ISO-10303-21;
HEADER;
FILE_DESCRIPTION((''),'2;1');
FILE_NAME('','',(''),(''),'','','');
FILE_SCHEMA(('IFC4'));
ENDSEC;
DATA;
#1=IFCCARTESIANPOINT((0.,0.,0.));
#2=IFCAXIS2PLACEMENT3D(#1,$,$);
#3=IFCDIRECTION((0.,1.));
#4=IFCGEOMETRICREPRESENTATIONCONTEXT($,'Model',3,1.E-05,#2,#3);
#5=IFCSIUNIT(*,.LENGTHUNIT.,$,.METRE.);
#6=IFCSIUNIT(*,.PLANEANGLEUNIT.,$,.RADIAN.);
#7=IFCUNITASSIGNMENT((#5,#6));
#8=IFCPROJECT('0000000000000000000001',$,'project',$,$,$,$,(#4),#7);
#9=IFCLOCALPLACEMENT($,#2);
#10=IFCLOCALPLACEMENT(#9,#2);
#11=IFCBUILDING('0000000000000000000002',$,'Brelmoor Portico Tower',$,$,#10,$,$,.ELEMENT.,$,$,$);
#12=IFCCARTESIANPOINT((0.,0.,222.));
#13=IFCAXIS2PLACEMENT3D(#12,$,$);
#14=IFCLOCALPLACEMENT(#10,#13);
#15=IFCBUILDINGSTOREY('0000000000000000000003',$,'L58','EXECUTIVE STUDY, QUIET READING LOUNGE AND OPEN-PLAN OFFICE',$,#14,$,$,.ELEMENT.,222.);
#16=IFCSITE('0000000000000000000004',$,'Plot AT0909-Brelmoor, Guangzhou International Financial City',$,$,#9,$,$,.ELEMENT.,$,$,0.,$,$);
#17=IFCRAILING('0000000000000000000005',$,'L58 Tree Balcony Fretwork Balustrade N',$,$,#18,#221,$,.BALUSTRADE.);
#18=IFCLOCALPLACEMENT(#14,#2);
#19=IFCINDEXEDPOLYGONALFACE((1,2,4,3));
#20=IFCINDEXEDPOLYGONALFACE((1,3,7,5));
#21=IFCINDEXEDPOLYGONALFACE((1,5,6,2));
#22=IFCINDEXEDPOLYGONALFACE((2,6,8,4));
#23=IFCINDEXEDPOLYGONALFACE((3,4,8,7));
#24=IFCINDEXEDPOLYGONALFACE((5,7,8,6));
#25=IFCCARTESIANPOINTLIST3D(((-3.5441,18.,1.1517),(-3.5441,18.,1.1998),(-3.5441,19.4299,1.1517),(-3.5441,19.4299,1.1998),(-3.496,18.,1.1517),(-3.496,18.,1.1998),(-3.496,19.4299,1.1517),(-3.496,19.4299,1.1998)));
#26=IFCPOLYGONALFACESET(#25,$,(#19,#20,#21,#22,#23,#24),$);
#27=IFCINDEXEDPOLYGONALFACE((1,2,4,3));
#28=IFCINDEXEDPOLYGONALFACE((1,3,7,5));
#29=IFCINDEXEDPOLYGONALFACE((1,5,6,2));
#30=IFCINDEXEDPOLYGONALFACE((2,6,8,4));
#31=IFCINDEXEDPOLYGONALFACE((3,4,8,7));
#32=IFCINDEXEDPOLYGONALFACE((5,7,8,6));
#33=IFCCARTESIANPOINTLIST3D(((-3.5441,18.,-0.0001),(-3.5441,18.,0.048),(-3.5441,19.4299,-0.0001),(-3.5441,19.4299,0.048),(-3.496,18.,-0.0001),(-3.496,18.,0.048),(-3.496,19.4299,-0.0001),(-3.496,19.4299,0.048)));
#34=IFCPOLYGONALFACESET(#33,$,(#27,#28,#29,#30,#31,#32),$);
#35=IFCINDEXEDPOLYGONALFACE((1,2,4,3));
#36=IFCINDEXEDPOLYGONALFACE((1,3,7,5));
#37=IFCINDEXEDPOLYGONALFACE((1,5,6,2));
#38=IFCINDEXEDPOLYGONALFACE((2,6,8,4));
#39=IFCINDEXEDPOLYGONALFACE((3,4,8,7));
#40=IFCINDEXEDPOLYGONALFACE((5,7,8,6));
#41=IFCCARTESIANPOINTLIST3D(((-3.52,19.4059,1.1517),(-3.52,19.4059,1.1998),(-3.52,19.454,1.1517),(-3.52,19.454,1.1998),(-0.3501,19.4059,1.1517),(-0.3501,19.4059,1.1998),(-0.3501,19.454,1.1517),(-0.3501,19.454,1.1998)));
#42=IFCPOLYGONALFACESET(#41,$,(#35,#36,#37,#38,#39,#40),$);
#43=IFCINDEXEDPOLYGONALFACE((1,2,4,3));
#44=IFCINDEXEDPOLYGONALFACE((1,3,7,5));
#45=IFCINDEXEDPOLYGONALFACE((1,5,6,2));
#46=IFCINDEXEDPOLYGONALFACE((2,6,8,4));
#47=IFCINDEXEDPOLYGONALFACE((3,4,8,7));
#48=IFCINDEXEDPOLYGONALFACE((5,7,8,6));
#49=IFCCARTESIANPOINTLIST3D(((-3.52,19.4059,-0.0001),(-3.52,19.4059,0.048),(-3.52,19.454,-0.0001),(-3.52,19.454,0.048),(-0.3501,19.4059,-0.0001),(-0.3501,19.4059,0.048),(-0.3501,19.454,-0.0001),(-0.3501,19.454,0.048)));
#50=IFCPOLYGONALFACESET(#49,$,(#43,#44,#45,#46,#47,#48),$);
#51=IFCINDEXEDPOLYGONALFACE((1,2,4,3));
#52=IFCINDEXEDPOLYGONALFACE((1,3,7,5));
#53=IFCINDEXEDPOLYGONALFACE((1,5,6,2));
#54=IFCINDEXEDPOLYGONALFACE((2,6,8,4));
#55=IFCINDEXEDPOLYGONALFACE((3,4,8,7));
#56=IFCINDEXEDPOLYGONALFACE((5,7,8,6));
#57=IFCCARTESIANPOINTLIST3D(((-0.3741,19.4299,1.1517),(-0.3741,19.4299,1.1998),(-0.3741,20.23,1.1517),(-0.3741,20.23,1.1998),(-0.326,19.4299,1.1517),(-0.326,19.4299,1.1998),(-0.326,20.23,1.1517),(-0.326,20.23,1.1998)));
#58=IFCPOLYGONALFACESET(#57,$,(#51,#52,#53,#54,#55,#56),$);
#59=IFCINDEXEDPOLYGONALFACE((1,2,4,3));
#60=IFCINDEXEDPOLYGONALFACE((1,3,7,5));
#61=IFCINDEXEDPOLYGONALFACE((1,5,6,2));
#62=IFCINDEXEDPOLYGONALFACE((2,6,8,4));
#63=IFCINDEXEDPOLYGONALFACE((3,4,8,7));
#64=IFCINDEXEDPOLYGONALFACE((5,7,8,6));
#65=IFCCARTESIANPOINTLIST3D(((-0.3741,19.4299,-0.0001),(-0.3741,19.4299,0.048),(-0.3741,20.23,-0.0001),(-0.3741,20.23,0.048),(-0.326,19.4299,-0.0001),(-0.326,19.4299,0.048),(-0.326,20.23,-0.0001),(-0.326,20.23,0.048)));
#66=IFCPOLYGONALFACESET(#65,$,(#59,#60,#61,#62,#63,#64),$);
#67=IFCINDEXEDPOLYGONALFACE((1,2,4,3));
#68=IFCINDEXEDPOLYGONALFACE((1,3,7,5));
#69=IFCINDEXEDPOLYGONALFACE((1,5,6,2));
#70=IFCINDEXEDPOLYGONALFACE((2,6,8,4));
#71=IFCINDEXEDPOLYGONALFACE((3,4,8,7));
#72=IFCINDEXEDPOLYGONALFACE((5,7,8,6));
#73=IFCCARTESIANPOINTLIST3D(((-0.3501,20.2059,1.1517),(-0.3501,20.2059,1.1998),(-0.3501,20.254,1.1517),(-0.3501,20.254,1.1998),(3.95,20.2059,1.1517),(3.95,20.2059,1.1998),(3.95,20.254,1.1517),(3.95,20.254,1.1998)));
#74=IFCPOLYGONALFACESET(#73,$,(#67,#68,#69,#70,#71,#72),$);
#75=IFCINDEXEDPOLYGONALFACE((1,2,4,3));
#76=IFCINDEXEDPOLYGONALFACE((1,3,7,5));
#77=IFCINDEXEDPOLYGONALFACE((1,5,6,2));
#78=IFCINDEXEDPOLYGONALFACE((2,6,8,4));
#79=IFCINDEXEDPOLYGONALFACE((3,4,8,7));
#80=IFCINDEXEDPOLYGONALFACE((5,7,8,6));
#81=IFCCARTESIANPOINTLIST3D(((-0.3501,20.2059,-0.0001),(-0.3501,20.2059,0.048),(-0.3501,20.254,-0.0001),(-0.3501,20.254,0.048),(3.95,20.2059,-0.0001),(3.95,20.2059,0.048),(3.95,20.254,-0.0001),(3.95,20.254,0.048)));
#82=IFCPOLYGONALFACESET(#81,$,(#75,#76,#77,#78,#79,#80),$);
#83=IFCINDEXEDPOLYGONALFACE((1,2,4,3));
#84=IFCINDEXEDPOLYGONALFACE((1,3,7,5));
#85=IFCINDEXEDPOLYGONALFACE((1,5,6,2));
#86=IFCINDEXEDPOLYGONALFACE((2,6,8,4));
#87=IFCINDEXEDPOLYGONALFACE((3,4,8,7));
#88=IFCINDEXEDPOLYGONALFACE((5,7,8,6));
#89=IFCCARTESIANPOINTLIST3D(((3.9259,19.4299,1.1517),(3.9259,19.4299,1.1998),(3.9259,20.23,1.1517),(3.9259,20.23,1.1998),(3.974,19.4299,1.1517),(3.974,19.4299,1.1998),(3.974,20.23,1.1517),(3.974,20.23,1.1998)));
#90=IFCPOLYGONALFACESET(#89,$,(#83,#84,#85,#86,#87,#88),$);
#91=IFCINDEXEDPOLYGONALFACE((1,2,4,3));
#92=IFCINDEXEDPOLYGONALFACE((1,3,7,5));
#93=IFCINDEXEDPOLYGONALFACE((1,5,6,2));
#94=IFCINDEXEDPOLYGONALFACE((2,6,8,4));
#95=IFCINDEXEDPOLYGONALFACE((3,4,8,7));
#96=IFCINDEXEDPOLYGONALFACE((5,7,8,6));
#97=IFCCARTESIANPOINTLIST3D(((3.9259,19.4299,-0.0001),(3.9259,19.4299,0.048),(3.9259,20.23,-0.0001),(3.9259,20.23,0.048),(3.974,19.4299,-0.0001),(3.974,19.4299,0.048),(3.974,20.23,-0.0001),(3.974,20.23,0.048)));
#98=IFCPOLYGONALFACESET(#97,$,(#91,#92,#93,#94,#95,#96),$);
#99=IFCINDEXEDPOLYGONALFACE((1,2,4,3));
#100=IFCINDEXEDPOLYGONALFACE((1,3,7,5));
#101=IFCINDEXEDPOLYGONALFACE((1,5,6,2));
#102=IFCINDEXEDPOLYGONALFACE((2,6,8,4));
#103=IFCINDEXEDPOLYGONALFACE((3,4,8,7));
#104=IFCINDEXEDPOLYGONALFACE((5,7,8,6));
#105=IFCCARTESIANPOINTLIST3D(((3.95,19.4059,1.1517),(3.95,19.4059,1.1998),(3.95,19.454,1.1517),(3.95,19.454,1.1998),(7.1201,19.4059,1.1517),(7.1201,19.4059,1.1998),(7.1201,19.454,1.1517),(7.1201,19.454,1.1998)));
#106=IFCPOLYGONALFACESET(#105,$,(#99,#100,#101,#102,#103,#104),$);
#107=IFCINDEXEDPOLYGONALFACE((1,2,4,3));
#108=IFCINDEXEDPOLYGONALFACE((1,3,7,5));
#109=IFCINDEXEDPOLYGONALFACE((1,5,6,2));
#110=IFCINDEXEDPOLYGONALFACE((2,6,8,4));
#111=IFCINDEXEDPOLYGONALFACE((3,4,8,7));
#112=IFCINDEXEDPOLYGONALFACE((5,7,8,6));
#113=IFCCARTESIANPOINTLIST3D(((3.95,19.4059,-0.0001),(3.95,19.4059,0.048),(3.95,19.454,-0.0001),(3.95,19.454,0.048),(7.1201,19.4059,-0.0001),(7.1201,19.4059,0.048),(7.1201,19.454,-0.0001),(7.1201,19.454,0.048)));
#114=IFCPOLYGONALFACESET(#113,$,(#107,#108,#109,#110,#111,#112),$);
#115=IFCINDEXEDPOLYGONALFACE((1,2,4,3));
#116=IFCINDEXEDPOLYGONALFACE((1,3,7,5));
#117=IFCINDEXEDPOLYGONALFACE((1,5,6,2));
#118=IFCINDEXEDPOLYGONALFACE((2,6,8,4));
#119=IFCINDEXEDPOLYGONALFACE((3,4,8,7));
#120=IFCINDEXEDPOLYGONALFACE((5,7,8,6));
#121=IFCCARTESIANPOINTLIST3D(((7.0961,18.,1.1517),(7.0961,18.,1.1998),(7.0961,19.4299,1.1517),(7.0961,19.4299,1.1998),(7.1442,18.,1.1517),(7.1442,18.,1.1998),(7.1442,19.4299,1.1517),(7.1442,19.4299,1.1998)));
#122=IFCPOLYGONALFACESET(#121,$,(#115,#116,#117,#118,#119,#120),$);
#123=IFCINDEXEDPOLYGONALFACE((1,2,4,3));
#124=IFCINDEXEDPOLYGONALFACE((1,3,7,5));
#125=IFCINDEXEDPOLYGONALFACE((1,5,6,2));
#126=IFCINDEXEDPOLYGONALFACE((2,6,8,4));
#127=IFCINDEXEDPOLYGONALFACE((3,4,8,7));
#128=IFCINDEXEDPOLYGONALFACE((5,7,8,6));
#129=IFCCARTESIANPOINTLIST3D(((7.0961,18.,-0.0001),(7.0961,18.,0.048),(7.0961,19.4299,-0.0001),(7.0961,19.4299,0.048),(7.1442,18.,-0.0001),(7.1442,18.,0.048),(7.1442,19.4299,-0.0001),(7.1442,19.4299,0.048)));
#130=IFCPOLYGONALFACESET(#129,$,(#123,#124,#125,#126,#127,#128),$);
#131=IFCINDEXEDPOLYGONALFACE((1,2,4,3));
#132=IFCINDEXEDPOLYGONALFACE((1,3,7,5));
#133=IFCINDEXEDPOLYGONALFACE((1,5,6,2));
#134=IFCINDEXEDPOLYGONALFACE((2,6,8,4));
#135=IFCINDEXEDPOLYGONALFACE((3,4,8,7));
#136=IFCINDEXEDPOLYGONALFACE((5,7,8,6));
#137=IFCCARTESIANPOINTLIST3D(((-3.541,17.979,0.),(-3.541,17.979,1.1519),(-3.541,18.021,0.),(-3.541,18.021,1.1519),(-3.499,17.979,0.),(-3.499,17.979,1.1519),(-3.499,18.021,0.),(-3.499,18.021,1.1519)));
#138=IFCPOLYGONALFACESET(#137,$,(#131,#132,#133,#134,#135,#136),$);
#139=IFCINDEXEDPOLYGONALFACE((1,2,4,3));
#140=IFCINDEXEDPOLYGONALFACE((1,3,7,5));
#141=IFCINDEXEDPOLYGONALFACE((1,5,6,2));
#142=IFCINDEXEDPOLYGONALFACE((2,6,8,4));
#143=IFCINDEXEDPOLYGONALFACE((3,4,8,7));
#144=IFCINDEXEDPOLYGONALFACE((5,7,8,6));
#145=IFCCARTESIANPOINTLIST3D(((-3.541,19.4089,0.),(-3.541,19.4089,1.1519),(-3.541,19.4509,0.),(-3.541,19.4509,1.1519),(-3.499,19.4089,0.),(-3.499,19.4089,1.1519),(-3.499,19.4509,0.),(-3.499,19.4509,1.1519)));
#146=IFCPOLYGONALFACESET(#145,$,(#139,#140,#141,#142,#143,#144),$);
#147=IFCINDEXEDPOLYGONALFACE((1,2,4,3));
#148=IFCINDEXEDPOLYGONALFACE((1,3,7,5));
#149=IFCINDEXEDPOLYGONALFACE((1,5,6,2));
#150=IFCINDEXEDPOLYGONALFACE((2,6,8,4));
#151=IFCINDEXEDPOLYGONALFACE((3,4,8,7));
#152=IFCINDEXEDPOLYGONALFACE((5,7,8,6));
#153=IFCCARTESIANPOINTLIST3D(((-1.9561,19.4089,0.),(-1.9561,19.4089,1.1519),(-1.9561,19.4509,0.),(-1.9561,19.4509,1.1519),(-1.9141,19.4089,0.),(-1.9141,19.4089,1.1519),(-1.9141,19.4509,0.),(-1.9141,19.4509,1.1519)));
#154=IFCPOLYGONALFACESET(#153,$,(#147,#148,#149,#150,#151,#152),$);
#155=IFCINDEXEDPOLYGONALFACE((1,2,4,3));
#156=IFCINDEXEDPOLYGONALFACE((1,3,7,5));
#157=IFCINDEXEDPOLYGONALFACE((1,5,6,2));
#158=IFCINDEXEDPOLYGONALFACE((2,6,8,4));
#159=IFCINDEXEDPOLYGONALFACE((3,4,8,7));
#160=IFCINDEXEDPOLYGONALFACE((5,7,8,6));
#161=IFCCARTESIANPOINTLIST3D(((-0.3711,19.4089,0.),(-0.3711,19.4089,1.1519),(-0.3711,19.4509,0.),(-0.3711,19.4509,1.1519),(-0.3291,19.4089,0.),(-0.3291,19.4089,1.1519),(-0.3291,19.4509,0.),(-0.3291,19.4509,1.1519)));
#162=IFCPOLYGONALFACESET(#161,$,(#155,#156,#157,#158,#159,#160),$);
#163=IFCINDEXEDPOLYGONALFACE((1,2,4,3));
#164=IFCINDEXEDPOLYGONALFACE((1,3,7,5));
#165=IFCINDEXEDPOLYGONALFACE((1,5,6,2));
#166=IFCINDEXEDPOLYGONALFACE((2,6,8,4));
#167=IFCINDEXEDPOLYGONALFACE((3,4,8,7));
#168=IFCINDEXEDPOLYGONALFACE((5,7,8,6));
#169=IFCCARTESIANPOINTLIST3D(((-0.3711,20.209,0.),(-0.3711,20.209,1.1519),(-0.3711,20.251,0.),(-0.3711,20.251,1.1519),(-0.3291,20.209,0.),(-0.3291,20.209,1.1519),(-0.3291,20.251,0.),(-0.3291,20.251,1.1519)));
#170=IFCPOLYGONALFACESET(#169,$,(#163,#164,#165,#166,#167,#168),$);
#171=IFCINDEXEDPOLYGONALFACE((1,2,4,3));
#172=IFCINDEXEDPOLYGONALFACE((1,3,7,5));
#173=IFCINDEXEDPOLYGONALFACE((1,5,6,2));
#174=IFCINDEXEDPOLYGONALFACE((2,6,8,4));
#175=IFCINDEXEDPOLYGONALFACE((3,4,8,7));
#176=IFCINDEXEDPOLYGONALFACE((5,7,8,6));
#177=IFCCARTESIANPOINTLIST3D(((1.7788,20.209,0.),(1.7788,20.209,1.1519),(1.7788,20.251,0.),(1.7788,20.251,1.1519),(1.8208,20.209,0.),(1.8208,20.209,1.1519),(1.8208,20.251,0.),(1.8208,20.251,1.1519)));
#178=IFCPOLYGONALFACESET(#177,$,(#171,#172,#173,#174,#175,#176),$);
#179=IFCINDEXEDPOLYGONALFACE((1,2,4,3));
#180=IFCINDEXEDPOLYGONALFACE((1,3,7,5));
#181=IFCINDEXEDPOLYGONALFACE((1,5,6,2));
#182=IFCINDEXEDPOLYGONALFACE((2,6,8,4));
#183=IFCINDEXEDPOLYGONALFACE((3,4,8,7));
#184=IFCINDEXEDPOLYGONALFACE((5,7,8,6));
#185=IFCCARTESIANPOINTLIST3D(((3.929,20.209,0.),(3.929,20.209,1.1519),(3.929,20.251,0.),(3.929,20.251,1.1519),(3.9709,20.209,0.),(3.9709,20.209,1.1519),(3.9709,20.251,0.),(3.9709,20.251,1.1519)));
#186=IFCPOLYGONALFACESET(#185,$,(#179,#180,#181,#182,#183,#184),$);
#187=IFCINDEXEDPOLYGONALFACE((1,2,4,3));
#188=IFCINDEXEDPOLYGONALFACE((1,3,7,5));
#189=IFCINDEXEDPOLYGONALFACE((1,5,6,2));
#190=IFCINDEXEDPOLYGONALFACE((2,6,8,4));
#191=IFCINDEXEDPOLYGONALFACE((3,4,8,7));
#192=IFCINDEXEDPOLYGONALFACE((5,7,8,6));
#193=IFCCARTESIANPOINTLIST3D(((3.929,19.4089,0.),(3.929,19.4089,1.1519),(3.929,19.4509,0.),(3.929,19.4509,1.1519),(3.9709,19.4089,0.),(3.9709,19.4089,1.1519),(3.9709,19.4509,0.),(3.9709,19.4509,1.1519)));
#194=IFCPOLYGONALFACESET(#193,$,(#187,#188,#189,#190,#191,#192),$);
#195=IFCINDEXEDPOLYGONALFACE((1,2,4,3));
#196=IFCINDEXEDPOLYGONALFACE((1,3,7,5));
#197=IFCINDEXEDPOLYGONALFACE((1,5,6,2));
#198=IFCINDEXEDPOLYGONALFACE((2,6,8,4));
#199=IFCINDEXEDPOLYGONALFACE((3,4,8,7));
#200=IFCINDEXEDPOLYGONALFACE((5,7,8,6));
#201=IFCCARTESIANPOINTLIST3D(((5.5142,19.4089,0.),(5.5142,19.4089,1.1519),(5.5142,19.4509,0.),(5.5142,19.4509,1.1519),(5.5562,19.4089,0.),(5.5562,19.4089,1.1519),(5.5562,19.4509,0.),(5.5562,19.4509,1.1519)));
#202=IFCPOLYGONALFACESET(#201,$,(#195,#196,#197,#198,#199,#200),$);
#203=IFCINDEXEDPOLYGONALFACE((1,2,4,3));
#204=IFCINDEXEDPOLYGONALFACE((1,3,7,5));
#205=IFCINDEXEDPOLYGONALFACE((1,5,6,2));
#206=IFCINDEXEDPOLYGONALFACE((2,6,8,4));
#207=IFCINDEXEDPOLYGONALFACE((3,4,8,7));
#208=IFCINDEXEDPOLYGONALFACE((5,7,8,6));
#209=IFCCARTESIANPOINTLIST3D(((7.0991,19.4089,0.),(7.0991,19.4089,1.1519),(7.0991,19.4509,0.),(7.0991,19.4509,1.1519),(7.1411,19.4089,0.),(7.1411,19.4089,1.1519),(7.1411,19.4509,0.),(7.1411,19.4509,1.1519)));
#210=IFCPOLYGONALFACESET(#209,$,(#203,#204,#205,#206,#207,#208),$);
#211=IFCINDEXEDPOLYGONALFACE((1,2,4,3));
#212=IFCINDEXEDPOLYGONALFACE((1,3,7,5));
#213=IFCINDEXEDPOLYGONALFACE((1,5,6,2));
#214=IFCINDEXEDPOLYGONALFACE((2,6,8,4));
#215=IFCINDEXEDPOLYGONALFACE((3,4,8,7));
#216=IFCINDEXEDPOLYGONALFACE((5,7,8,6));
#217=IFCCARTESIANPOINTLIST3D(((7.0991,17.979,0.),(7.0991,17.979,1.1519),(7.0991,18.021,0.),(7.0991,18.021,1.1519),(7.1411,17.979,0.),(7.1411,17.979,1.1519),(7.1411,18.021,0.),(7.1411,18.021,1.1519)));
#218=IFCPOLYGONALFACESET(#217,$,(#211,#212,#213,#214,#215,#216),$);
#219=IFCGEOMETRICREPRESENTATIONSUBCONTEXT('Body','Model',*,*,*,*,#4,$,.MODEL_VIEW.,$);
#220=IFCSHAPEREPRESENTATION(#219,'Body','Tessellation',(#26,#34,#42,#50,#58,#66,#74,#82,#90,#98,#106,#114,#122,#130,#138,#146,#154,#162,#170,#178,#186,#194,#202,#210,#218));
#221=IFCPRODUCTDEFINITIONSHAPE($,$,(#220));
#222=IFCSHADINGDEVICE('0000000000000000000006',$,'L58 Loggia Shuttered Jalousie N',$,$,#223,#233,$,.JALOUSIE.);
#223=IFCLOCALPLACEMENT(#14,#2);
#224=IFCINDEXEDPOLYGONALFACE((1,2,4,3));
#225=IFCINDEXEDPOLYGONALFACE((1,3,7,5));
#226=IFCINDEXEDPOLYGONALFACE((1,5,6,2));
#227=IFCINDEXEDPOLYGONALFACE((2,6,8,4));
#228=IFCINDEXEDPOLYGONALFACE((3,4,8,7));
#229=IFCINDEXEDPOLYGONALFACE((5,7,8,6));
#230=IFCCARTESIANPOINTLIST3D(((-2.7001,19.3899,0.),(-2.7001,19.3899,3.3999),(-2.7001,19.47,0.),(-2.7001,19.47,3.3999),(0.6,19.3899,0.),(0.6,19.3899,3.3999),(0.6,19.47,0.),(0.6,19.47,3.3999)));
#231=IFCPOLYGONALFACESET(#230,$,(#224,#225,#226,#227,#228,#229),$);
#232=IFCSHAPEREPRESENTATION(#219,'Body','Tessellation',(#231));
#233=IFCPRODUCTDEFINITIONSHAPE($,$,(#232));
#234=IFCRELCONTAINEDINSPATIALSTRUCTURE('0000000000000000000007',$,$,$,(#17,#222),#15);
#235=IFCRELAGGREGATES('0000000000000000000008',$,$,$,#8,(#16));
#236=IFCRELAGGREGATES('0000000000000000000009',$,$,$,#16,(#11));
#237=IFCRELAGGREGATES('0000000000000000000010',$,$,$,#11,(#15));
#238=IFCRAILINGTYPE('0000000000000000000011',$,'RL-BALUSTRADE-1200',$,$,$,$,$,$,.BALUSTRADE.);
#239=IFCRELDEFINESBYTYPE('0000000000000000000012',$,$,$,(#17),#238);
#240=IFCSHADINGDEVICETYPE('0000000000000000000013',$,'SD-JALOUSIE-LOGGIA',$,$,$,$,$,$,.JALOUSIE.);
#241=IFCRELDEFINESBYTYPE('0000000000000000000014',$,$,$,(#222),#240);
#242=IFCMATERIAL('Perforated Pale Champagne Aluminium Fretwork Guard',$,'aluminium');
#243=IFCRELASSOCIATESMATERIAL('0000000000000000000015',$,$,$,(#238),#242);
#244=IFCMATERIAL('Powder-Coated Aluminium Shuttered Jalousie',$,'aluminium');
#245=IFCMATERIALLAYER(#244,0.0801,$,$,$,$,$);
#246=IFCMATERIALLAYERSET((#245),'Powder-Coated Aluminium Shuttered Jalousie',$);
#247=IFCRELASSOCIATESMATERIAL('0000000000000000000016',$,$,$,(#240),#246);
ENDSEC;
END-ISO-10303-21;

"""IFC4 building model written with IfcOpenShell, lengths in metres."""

from ifc_helpers import new_model, si_unit, direction, frame, origin, origin_2d, place, context, subcontext, project, spatial, rectangle, extrude, material, layer, layer_set, type_object, element, save


model = new_model("IFC4")

# Units and contexts
model_context = context("Model", 3, precision=1e-05, world=origin(), true_north=direction((0.0, 1.0)))
body_context = subcontext(model_context, "Body", "Model", "MODEL_VIEW")
ifc_project = project(units=[si_unit("LENGTHUNIT", "METRE"), si_unit("PLANEANGLEUNIT", "RADIAN")], contexts=[model_context])

# Site, building, storey
site_placement = place(None, origin())
site = spatial("IfcSite", under=ifc_project, at=site_placement, Name="Plot AT0909-Brelmoor, Guangzhou International Financial City", CompositionType="ELEMENT", RefElevation=0.0)
building_placement = place(site_placement, origin())
building = spatial("IfcBuilding", under=site, at=building_placement, Name="Brelmoor Portico Tower", CompositionType="ELEMENT")
storey_placement = place(building_placement, frame((0.0, 0.0, 222.0)))
storey = spatial("IfcBuildingStorey", under=building, at=storey_placement, Name="L58", Description="EXECUTIVE STUDY, QUIET READING LOUNGE AND OPEN-PLAN OFFICE", CompositionType="ELEMENT", Elevation=222.0)

# Railing
ifc_material_1 = material(Name="Perforated Pale Champagne Aluminium Fretwork Guard", Category="aluminium")
railing_type = type_object("IfcRailingType", Name="RL-BALUSTRADE-1200", PredefinedType="BALUSTRADE", material=ifc_material_1)
railing_placement = place(storey_placement, frame((-3.52, 18.0, 0.0)))
element("IfcRailing", 1, at=railing_placement, inside=storey, type_object=railing_type, Name="L58 Tree Balcony Fretwork Balustrade N", PredefinedType="BALUSTRADE", context=body_context, shape_type="SweptSolid", body=[
    extrude(rectangle(XDim=0.0481, YDim=0.0481, at=origin_2d()), frame((0.0, 0.0, 1.1758), z_axis=(0.0, 1.0, 0.0), x_axis=(-1.0, 0.0, 0.0)), (0.0, 0.0, 1.0), 1.4299),
    extrude(rectangle(XDim=0.0481, YDim=0.0481, at=origin_2d()), frame((0.0, 0.0, 0.0239), z_axis=(0.0, 1.0, 0.0), x_axis=(-1.0, 0.0, 0.0)), (0.0, 0.0, 1.0), 1.4299),
    extrude(rectangle(XDim=0.0481, YDim=0.0481, at=origin_2d()), frame((0.0, 1.4299, 1.1758), z_axis=(1.0, 0.0, 0.0), x_axis=(0.0, 1.0, 0.0)), (0.0, 0.0, 1.0), 3.1699),
    extrude(rectangle(XDim=0.0481, YDim=0.0481, at=origin_2d()), frame((0.0, 1.4299, 0.0239), z_axis=(1.0, 0.0, 0.0), x_axis=(0.0, 1.0, 0.0)), (0.0, 0.0, 1.0), 3.1699),
    extrude(rectangle(XDim=0.0481, YDim=0.0481, at=origin_2d()), frame((3.1699, 1.4299, 1.1758), z_axis=(0.0, 1.0, 0.0), x_axis=(-1.0, 0.0, 0.0)), (0.0, 0.0, 1.0), 0.8),
    extrude(rectangle(XDim=0.0481, YDim=0.0481, at=origin_2d()), frame((3.1699, 1.4299, 0.0239), z_axis=(0.0, 1.0, 0.0), x_axis=(-1.0, 0.0, 0.0)), (0.0, 0.0, 1.0), 0.8),
    extrude(rectangle(XDim=0.0481, YDim=0.0481, at=origin_2d()), frame((3.1699, 2.23, 1.1758), z_axis=(1.0, 0.0, 0.0), x_axis=(0.0, 1.0, 0.0)), (0.0, 0.0, 1.0), 4.3),
    extrude(rectangle(XDim=0.0481, YDim=0.0481, at=origin_2d()), frame((3.1699, 2.23, 0.0239), z_axis=(1.0, 0.0, 0.0), x_axis=(0.0, 1.0, 0.0)), (0.0, 0.0, 1.0), 4.3),
    extrude(rectangle(XDim=0.0481, YDim=0.0481, at=origin_2d()), frame((7.47, 2.23, 1.1758), z_axis=(0.0, -1.0, 0.0), x_axis=(1.0, 0.0, 0.0)), (0.0, 0.0, 1.0), 0.8),
    extrude(rectangle(XDim=0.0481, YDim=0.0481, at=origin_2d()), frame((7.47, 2.23, 0.0239), z_axis=(0.0, -1.0, 0.0), x_axis=(1.0, 0.0, 0.0)), (0.0, 0.0, 1.0), 0.8),
    extrude(rectangle(XDim=0.0481, YDim=0.0481, at=origin_2d()), frame((7.47, 1.4299, 1.1758), z_axis=(1.0, 0.0, 0.0), x_axis=(0.0, 1.0, 0.0)), (0.0, 0.0, 1.0), 3.1702),
    extrude(rectangle(XDim=0.0481, YDim=0.0481, at=origin_2d()), frame((7.47, 1.4299, 0.0239), z_axis=(1.0, 0.0, 0.0), x_axis=(0.0, 1.0, 0.0)), (0.0, 0.0, 1.0), 3.1702),
    extrude(rectangle(XDim=0.0481, YDim=0.0481, at=origin_2d()), frame((10.6401, 1.4299, 1.1758), z_axis=(0.0, -1.0, 0.0), x_axis=(1.0, 0.0, 0.0)), (0.0, 0.0, 1.0), 1.4299),
    extrude(rectangle(XDim=0.0481, YDim=0.0481, at=origin_2d()), frame((10.6401, 1.4299, 0.0239), z_axis=(0.0, -1.0, 0.0), x_axis=(1.0, 0.0, 0.0)), (0.0, 0.0, 1.0), 1.4299),
    extrude(rectangle(XDim=0.042, YDim=0.042, at=origin_2d()), origin(), (0.0, 0.0, 1.0), 1.1519),
    extrude(rectangle(XDim=0.042, YDim=0.042, at=origin_2d()), frame((0.0, 1.4299, 0.0)), (0.0, 0.0, 1.0), 1.1519),
    extrude(rectangle(XDim=0.042, YDim=0.042, at=origin_2d()), frame((1.585, 1.4299, 0.0)), (0.0, 0.0, 1.0), 1.1519),
    extrude(rectangle(XDim=0.042, YDim=0.042, at=origin_2d()), frame((3.1699, 1.4299, 0.0)), (0.0, 0.0, 1.0), 1.1519),
    extrude(rectangle(XDim=0.042, YDim=0.042, at=origin_2d()), frame((3.1699, 2.23, 0.0)), (0.0, 0.0, 1.0), 1.1519),
    extrude(rectangle(XDim=0.042, YDim=0.042, at=origin_2d()), frame((5.3198, 2.23, 0.0)), (0.0, 0.0, 1.0), 1.1519),
    extrude(rectangle(XDim=0.042, YDim=0.042, at=origin_2d()), frame((7.47, 2.23, 0.0)), (0.0, 0.0, 1.0), 1.1519),
    extrude(rectangle(XDim=0.042, YDim=0.042, at=origin_2d()), frame((7.47, 1.4299, 0.0)), (0.0, 0.0, 1.0), 1.1519),
    extrude(rectangle(XDim=0.042, YDim=0.042, at=origin_2d()), frame((9.0552, 1.4299, 0.0)), (0.0, 0.0, 1.0), 1.1519),
    extrude(rectangle(XDim=0.042, YDim=0.042, at=origin_2d()), frame((10.6401, 1.4299, 0.0)), (0.0, 0.0, 1.0), 1.1519),
    extrude(rectangle(XDim=0.042, YDim=0.042, at=origin_2d()), frame((10.6401, 0.0, 0.0)), (0.0, 0.0, 1.0), 1.1519),
])

# Shading device
ifc_material_2 = material(Name="Powder-Coated Aluminium Shuttered Jalousie", Category="aluminium")
ifc_layer_1 = layer(ifc_material_2, 0.0801)
ifc_layer_set_1 = layer_set([ifc_layer_1], Name="Powder-Coated Aluminium Shuttered Jalousie")
shading_device_type = type_object("IfcShadingDeviceType", Name="SD-JALOUSIE-LOGGIA", PredefinedType="JALOUSIE", material=ifc_layer_set_1)
shading_device_placement = place(storey_placement, frame((-1.05, 19.4299, 0.0), z_axis=(0.0, 0.0, 1.0), x_axis=(1.0, 0.0, 0.0)))
element("IfcShadingDevice", 2, at=shading_device_placement, inside=storey, type_object=shading_device_type, Name="L58 Loggia Shuttered Jalousie N", PredefinedType="JALOUSIE", context=body_context, shape_type="SweptSolid", body=[
    extrude(rectangle(XDim=3.3, YDim=0.0801, at=origin_2d()), origin(), (0.0, 0.0, 1.0), 3.3999),
])

save(model, "model.ifc")
